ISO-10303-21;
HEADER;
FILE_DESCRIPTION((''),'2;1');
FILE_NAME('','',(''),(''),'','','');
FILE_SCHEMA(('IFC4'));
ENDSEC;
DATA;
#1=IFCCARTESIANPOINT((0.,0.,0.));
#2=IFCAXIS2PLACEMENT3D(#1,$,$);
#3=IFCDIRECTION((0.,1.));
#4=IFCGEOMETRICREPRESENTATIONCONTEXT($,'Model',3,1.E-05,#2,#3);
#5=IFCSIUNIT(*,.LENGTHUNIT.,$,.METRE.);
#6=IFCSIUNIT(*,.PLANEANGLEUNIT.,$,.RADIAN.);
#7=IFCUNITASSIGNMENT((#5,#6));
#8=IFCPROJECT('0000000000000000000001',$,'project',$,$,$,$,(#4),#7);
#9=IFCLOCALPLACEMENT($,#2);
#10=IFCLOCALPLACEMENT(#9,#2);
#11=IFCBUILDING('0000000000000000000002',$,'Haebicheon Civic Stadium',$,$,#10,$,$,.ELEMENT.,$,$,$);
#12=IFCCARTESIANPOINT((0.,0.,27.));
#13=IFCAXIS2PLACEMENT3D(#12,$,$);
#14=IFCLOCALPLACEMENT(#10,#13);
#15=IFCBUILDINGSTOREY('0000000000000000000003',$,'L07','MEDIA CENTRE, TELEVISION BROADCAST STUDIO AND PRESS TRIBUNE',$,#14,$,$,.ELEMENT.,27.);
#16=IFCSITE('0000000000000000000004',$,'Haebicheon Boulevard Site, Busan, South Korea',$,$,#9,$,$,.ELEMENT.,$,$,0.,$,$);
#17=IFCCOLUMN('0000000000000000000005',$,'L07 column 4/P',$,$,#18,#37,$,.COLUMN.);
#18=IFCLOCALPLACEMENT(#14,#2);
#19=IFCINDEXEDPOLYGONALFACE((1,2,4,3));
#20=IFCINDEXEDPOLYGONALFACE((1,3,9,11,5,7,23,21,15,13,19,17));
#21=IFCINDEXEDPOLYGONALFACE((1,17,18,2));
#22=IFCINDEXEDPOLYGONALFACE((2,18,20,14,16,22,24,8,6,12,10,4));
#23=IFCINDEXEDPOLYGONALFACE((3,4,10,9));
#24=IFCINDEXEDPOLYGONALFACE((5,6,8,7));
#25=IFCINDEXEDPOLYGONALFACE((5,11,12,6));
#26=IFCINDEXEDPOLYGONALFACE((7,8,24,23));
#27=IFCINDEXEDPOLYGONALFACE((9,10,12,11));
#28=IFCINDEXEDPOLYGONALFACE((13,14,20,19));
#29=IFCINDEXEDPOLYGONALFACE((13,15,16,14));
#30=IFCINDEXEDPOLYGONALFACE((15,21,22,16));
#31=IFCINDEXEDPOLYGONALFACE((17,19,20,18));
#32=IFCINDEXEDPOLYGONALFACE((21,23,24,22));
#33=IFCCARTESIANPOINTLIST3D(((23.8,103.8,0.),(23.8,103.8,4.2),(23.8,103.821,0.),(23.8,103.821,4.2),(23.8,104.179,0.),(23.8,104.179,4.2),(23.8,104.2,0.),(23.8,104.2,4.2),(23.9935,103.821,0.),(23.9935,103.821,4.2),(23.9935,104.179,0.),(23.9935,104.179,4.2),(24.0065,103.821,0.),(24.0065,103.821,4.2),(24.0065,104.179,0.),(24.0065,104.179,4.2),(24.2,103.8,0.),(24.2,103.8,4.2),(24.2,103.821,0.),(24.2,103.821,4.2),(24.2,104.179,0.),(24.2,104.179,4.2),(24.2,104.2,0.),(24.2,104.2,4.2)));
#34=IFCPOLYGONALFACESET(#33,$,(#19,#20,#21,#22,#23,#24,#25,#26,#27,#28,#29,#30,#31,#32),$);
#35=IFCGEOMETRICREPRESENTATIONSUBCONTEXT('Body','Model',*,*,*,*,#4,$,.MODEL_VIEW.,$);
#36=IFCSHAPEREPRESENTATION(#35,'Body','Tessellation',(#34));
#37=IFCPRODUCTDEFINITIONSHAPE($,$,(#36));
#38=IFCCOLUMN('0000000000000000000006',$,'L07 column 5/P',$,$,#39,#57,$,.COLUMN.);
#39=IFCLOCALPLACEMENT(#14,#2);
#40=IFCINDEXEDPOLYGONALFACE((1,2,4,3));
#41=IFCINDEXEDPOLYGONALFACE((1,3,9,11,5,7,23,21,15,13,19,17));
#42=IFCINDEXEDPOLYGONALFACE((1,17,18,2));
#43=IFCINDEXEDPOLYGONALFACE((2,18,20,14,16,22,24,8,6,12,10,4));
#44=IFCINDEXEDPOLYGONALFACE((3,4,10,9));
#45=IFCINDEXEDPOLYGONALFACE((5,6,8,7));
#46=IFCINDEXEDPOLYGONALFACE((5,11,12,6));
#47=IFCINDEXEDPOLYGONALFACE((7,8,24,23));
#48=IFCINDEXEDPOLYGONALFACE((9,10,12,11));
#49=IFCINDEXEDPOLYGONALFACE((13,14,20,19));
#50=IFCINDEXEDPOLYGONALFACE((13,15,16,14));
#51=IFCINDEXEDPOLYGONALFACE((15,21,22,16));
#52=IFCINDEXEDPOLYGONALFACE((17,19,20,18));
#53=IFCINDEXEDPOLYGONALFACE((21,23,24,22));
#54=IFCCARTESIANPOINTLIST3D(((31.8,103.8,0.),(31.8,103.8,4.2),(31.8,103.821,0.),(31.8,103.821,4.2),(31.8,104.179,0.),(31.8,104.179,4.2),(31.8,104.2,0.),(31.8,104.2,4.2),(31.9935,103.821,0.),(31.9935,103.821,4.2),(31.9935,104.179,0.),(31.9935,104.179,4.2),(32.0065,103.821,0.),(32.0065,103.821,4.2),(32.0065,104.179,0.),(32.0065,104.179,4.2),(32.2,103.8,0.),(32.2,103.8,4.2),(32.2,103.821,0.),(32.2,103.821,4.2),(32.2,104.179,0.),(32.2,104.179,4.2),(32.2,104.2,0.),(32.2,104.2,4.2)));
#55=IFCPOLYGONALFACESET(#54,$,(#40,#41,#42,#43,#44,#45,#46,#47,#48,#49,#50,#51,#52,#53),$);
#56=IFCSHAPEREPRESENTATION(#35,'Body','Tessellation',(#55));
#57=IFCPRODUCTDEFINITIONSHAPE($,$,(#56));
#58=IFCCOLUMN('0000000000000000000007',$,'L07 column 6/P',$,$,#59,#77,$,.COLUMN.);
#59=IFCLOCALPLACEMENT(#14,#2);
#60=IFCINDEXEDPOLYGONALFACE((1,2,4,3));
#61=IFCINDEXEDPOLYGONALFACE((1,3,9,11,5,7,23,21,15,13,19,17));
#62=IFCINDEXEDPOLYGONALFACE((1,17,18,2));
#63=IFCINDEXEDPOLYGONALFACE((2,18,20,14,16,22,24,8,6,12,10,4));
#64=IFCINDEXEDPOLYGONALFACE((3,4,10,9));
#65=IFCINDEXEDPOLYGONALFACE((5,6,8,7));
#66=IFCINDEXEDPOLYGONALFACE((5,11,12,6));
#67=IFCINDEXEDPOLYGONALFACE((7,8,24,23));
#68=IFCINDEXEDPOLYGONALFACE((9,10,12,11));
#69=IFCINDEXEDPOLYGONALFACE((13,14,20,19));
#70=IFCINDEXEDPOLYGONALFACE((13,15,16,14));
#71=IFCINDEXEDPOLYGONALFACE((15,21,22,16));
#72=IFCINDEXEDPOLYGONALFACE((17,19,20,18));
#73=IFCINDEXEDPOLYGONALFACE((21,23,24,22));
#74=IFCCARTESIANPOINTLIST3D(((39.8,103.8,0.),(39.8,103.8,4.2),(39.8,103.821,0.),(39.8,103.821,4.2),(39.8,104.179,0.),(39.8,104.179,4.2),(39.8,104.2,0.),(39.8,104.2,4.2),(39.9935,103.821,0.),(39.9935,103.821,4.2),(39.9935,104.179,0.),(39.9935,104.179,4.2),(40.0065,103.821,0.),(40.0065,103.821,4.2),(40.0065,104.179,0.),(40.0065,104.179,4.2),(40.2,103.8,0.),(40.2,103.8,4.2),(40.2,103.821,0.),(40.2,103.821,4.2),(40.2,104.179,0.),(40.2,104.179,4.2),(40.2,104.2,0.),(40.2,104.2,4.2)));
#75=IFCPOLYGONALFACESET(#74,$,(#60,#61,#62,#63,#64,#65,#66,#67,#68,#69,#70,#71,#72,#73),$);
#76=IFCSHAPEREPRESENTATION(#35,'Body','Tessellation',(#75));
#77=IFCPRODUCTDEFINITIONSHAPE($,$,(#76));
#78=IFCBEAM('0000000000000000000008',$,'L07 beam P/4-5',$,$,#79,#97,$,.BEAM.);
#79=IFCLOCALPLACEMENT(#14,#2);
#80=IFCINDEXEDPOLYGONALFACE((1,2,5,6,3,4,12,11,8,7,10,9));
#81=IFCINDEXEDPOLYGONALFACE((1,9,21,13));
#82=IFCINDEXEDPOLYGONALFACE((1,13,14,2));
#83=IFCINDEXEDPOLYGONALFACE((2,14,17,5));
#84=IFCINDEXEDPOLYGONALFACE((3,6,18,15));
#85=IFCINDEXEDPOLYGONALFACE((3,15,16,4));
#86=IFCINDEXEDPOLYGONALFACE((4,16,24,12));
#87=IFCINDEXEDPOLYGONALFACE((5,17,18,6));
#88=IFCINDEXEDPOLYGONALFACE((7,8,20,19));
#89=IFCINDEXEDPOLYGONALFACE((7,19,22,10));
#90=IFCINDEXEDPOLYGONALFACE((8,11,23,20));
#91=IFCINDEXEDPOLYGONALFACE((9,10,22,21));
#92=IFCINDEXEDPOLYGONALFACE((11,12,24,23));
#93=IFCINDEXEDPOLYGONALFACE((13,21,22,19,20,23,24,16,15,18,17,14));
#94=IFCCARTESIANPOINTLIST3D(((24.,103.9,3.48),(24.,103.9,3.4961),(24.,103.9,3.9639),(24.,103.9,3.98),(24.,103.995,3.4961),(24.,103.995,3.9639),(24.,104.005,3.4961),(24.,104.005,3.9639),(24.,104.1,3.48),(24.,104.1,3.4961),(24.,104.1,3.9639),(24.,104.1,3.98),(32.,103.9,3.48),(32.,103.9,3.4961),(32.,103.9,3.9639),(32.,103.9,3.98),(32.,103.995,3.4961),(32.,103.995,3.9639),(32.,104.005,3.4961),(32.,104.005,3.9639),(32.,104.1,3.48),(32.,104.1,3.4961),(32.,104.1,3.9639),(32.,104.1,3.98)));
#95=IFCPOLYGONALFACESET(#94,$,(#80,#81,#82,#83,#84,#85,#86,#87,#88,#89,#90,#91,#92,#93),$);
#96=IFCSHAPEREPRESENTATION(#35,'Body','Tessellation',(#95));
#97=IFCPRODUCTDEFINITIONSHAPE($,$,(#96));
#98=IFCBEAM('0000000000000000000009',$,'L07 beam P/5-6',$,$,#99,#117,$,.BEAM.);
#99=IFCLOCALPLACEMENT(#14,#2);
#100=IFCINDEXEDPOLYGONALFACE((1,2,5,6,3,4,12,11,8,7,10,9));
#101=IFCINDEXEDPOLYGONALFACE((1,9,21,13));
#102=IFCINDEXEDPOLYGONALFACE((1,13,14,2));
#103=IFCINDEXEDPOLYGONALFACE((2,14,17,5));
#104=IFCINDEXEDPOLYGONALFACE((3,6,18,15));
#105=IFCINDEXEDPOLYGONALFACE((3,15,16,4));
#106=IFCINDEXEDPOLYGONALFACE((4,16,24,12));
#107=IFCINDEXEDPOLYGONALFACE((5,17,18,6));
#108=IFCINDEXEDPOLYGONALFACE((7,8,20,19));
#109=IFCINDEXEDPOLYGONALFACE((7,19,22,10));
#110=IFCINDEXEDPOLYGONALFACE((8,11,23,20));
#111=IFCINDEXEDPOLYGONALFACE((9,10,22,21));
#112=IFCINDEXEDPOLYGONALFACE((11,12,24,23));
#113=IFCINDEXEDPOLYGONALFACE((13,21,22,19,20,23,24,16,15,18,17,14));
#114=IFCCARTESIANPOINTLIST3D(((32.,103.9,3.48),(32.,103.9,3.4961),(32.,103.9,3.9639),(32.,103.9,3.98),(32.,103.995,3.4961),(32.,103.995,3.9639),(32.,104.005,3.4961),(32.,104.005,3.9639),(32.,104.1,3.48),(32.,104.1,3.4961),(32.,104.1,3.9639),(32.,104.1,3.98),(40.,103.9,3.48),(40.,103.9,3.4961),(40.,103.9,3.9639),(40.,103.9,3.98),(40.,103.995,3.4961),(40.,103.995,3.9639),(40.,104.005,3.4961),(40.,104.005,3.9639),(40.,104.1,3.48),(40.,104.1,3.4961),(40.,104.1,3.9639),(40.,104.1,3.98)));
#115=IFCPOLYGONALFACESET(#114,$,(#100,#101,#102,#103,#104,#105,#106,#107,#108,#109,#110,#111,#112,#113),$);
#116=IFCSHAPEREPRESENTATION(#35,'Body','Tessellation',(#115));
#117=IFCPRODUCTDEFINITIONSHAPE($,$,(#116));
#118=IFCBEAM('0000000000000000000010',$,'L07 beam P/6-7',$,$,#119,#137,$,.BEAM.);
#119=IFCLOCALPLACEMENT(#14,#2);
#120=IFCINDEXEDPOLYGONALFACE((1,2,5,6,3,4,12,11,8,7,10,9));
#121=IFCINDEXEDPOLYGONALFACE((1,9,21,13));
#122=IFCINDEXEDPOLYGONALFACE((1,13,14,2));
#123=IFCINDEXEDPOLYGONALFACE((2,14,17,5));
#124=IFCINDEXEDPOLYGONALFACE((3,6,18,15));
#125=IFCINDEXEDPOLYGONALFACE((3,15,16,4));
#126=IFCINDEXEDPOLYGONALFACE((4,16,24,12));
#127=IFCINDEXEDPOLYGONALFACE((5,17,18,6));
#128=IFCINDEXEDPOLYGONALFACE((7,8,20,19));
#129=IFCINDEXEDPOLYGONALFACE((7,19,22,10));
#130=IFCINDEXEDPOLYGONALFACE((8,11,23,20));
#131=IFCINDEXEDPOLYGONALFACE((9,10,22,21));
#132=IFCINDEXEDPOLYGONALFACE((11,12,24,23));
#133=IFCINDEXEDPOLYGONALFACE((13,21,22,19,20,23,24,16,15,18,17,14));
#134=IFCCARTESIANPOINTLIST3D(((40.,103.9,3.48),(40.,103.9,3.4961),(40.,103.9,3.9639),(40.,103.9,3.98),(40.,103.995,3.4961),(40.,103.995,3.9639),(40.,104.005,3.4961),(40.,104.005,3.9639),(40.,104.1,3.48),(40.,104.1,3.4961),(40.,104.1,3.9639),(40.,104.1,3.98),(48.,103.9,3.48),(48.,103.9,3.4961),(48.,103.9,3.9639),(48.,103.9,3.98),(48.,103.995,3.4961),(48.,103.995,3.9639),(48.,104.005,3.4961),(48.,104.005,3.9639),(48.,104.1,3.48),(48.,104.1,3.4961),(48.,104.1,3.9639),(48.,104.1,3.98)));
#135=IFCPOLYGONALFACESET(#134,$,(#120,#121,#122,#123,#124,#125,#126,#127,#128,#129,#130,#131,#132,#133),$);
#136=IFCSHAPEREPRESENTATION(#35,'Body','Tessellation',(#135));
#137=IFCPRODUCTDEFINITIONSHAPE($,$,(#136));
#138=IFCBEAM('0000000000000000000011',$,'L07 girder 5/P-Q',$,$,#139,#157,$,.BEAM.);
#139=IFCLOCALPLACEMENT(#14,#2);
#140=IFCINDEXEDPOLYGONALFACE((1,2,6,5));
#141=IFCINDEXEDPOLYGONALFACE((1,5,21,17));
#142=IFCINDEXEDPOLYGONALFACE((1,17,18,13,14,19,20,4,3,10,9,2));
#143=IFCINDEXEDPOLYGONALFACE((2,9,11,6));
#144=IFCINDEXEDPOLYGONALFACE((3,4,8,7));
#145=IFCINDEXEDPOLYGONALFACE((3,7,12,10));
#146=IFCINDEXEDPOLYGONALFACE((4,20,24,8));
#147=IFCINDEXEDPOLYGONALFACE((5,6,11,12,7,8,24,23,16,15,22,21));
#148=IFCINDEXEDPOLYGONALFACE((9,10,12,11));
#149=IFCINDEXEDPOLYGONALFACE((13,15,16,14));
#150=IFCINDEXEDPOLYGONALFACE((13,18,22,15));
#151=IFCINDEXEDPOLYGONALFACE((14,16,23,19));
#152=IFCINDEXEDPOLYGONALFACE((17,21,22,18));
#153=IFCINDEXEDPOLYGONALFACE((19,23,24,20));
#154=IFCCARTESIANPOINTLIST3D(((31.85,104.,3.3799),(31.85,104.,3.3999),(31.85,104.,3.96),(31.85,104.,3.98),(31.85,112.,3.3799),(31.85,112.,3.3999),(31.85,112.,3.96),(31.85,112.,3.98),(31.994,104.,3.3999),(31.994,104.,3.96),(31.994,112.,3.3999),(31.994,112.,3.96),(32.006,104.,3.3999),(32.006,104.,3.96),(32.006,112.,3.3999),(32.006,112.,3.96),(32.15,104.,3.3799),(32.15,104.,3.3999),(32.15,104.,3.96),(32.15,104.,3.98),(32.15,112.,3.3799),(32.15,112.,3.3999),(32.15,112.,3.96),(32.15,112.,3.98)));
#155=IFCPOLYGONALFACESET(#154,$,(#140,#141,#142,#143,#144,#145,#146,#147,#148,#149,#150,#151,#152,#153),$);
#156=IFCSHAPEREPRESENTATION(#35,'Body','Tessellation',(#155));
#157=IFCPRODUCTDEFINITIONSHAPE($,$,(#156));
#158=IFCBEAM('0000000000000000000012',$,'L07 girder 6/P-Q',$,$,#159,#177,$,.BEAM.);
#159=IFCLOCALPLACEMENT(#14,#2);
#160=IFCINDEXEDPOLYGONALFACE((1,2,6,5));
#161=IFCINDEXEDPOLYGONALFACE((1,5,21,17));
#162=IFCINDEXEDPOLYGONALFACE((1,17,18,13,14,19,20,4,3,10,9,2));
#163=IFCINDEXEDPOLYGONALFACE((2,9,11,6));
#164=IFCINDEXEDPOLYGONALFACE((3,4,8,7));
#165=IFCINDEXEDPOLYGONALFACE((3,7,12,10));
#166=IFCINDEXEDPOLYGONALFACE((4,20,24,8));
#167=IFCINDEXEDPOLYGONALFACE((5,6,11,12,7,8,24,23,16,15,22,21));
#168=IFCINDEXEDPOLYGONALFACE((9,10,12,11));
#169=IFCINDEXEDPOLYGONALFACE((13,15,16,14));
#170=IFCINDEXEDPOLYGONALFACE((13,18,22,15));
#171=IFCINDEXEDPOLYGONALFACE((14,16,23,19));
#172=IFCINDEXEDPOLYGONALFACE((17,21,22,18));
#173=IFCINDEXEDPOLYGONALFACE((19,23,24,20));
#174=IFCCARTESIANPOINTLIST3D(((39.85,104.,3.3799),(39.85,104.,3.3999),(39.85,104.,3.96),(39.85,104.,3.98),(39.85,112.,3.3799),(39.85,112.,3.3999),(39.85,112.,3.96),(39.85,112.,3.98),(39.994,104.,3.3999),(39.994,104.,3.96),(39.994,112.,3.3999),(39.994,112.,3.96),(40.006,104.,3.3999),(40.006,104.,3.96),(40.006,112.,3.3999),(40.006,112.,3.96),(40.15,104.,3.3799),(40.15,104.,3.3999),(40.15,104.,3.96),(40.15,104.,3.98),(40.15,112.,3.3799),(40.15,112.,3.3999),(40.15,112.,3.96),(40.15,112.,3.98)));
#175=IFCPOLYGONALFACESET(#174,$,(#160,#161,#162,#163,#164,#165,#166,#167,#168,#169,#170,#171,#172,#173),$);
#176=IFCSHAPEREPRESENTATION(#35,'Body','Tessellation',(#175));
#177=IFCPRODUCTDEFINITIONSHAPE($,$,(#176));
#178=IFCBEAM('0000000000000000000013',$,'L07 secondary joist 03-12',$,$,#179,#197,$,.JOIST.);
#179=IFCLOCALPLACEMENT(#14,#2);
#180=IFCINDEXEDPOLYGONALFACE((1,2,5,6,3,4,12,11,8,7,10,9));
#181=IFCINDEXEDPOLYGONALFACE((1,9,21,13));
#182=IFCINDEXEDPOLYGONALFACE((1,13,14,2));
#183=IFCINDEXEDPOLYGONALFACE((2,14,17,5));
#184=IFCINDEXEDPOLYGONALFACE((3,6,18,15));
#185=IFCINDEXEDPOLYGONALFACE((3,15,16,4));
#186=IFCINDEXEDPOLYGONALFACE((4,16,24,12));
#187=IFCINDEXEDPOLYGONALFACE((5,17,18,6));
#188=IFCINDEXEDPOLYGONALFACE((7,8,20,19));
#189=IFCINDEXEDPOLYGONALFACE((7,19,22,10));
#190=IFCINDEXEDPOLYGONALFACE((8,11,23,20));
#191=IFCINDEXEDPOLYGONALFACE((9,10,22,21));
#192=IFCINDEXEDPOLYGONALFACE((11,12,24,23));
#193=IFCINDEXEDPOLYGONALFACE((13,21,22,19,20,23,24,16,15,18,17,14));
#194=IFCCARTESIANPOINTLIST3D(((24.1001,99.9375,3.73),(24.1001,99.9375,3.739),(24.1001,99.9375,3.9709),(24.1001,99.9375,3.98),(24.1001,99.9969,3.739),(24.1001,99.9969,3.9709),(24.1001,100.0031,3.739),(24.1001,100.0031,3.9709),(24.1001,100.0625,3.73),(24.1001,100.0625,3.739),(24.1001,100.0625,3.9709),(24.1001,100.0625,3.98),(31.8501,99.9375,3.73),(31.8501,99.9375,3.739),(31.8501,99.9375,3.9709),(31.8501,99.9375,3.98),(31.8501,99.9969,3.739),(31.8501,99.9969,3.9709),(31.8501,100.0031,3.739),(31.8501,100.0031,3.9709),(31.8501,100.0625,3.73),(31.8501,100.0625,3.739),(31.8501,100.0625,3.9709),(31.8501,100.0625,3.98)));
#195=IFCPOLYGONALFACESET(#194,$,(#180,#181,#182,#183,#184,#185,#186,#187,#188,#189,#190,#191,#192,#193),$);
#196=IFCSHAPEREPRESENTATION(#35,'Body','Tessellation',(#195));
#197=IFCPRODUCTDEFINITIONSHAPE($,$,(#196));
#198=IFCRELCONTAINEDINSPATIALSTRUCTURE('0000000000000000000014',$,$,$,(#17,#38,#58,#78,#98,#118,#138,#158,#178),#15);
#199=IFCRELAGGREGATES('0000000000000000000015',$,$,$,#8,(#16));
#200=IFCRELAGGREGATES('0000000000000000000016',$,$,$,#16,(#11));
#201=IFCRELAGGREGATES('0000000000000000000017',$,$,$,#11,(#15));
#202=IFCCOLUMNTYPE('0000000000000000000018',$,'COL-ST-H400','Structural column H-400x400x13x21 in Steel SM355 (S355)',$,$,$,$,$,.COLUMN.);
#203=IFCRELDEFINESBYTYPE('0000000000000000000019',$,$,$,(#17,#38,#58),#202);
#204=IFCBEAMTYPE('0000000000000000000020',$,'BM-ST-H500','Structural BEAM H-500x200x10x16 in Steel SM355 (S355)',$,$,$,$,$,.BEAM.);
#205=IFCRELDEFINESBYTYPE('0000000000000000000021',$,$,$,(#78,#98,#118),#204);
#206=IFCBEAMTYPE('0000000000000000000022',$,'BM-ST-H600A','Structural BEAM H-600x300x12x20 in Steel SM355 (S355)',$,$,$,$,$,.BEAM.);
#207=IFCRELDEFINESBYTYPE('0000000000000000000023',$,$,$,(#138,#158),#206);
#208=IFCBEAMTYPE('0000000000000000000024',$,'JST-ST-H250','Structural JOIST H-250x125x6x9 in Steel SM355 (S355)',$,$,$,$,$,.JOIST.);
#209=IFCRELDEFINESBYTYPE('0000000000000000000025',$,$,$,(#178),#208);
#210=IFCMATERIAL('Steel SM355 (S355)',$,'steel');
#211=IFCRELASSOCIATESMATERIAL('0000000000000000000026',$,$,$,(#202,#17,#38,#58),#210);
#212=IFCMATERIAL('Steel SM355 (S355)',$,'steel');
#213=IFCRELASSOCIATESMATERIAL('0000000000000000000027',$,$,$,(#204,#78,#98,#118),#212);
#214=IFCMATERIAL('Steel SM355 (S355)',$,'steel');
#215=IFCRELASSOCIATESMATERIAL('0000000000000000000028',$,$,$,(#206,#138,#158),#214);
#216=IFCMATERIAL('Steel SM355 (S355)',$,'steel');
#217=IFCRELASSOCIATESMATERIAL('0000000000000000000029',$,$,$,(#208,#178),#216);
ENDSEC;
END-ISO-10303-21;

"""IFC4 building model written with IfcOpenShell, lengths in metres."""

from ifc_helpers import new_model, si_unit, direction, frame, origin, origin_2d, place, context, subcontext, project, spatial, i_section, extrude, material, material_profile, profile_set, type_object, element, save


model = new_model("IFC4")

# Units and contexts
model_context = context("Model", 3, precision=1e-05, world=origin(), true_north=direction((0.0, 1.0)))
body_context = subcontext(model_context, "Body", "Model", "MODEL_VIEW")
ifc_project = project(units=[si_unit("LENGTHUNIT", "METRE"), si_unit("PLANEANGLEUNIT", "RADIAN")], contexts=[model_context])

# Site, building, storey
site_placement = place(None, origin())
site = spatial("IfcSite", under=ifc_project, at=site_placement, Name="Haebicheon Boulevard Site, Busan, South Korea", CompositionType="ELEMENT", RefElevation=0.0)
building_placement = place(site_placement, origin())
building = spatial("IfcBuilding", under=site, at=building_placement, Name="Haebicheon Civic Stadium", CompositionType="ELEMENT")
storey_placement = place(building_placement, frame((0.0, 0.0, 27.0)))
storey = spatial("IfcBuildingStorey", under=building, at=storey_placement, Name="L07", Description="MEDIA CENTRE, TELEVISION BROADCAST STUDIO AND PRESS TRIBUNE", CompositionType="ELEMENT", Elevation=27.0)

# Columns
ifc_material_1 = material(Name="Steel SM355 (S355)", Category="steel")
ifc_material_profile_1 = material_profile(ifc_material_1, i_section(OverallWidth=0.3999, OverallDepth=0.3999, WebThickness=0.0129, FlangeThickness=0.021, at=origin_2d()), Name="H-400x400x13x21")
ifc_profile_set_1 = profile_set([ifc_material_profile_1], Name="Steel SM355 (S355)")
column_type = type_object("IfcColumnType", Name="COL-ST-H400", Description="Structural column H-400x400x13x21 in Steel SM355 (S355)", PredefinedType="COLUMN", material=ifc_profile_set_1)
for number, where, z_axis, x_axis, name in (
    (1, (24.0, 104.0, 0.0), (0.0, 0.0, 1.0), (1.0, 0.0, 0.0), "L07 column 4/P"),
    (2, (32.0, 104.0, 0.0), (0.0, 0.0, 1.0), (1.0, 0.0, 0.0), "L07 column 5/P"),
    (3, (40.0, 104.0, 0.0), (0.0, 0.0, 1.0), (1.0, 0.0, 0.0), "L07 column 6/P"),
):
    element("IfcColumn", number, at=place(storey_placement, frame(where, z_axis=z_axis, x_axis=x_axis)), inside=storey, type_object=column_type, material=ifc_profile_set_1, Name=name, PredefinedType="COLUMN", context=body_context, shape_type="SweptSolid", body=[
        extrude(i_section(OverallWidth=0.3999, OverallDepth=0.3999, WebThickness=0.0129, FlangeThickness=0.021, at=origin_2d()), origin(), (0.0, 0.0, 1.0), 4.2),
    ])

# Beams
ifc_material_2 = material(Name="Steel SM355 (S355)", Category="steel")
ifc_material_profile_2 = material_profile(ifc_material_2, i_section(OverallWidth=0.2, OverallDepth=0.5, WebThickness=0.01, FlangeThickness=0.0161, at=origin_2d()), Name="H-500x200x10x16")
ifc_profile_set_2 = profile_set([ifc_material_profile_2], Name="Steel SM355 (S355)")
beam_type_1 = type_object("IfcBeamType", Name="BM-ST-H500", Description="Structural BEAM H-500x200x10x16 in Steel SM355 (S355)", PredefinedType="BEAM", material=ifc_profile_set_2)
for number, where, z_axis, x_axis, name in (
    (4, (24.0, 104.0, 3.73), (1.0, 0.0, 0.0), (0.0, 1.0, 0.0), "L07 beam P/4-5"),
    (5, (32.0, 104.0, 3.73), (1.0, 0.0, 0.0), (0.0, 1.0, 0.0), "L07 beam P/5-6"),
    (6, (40.0, 104.0, 3.73), (1.0, 0.0, 0.0), (0.0, 1.0, 0.0), "L07 beam P/6-7"),
):
    element("IfcBeam", number, at=place(storey_placement, frame(where, z_axis=z_axis, x_axis=x_axis)), inside=storey, type_object=beam_type_1, material=ifc_profile_set_2, Name=name, PredefinedType="BEAM", context=body_context, shape_type="SweptSolid", body=[
        extrude(i_section(OverallWidth=0.2, OverallDepth=0.5, WebThickness=0.01, FlangeThickness=0.0161, at=origin_2d()), origin(), (0.0, 0.0, 1.0), 8.0),
    ])
ifc_material_3 = material(Name="Steel SM355 (S355)", Category="steel")
ifc_material_profile_3 = material_profile(ifc_material_3, i_section(OverallWidth=0.3, OverallDepth=0.6001, WebThickness=0.012, FlangeThickness=0.02, at=origin_2d()), Name="H-600x300x12x20")
ifc_profile_set_3 = profile_set([ifc_material_profile_3], Name="Steel SM355 (S355)")
beam_type_2 = type_object("IfcBeamType", Name="BM-ST-H600A", Description="Structural BEAM H-600x300x12x20 in Steel SM355 (S355)", PredefinedType="BEAM", material=ifc_profile_set_3)
for number, where, z_axis, x_axis, name in (
    (7, (32.0, 104.0, 3.6799), (0.0, 1.0, 0.0), (-1.0, 0.0, 0.0), "L07 girder 5/P-Q"),
    (8, (40.0, 104.0, 3.6799), (0.0, 1.0, 0.0), (-1.0, 0.0, 0.0), "L07 girder 6/P-Q"),
):
    element("IfcBeam", number, at=place(storey_placement, frame(where, z_axis=z_axis, x_axis=x_axis)), inside=storey, type_object=beam_type_2, material=ifc_profile_set_3, Name=name, PredefinedType="BEAM", context=body_context, shape_type="SweptSolid", body=[
        extrude(i_section(OverallWidth=0.3, OverallDepth=0.6001, WebThickness=0.012, FlangeThickness=0.02, at=origin_2d()), origin(), (0.0, 0.0, 1.0), 8.0),
    ])
ifc_material_4 = material(Name="Steel SM355 (S355)", Category="steel")
ifc_material_profile_4 = material_profile(ifc_material_4, i_section(OverallWidth=0.125, OverallDepth=0.25, WebThickness=0.0061, FlangeThickness=0.009, at=origin_2d()), Name="H-250x125x6x9")
ifc_profile_set_4 = profile_set([ifc_material_profile_4], Name="Steel SM355 (S355)")
beam_type_3 = type_object("IfcBeamType", Name="JST-ST-H250", Description="Structural JOIST H-250x125x6x9 in Steel SM355 (S355)", PredefinedType="JOIST", material=ifc_profile_set_4)
for number, where, z_axis, x_axis, name in (
    (9, (24.1001, 100.0, 3.855), (1.0, 0.0, 0.0), (0.0, 1.0, 0.0), "L07 secondary joist 03-12"),
):
    element("IfcBeam", number, at=place(storey_placement, frame(where, z_axis=z_axis, x_axis=x_axis)), inside=storey, type_object=beam_type_3, material=ifc_profile_set_4, Name=name, PredefinedType="JOIST", context=body_context, shape_type="SweptSolid", body=[
        extrude(i_section(OverallWidth=0.125, OverallDepth=0.25, WebThickness=0.0061, FlangeThickness=0.009, at=origin_2d()), origin(), (0.0, 0.0, 1.0), 7.75),
    ])

save(model, "model.ifc")
